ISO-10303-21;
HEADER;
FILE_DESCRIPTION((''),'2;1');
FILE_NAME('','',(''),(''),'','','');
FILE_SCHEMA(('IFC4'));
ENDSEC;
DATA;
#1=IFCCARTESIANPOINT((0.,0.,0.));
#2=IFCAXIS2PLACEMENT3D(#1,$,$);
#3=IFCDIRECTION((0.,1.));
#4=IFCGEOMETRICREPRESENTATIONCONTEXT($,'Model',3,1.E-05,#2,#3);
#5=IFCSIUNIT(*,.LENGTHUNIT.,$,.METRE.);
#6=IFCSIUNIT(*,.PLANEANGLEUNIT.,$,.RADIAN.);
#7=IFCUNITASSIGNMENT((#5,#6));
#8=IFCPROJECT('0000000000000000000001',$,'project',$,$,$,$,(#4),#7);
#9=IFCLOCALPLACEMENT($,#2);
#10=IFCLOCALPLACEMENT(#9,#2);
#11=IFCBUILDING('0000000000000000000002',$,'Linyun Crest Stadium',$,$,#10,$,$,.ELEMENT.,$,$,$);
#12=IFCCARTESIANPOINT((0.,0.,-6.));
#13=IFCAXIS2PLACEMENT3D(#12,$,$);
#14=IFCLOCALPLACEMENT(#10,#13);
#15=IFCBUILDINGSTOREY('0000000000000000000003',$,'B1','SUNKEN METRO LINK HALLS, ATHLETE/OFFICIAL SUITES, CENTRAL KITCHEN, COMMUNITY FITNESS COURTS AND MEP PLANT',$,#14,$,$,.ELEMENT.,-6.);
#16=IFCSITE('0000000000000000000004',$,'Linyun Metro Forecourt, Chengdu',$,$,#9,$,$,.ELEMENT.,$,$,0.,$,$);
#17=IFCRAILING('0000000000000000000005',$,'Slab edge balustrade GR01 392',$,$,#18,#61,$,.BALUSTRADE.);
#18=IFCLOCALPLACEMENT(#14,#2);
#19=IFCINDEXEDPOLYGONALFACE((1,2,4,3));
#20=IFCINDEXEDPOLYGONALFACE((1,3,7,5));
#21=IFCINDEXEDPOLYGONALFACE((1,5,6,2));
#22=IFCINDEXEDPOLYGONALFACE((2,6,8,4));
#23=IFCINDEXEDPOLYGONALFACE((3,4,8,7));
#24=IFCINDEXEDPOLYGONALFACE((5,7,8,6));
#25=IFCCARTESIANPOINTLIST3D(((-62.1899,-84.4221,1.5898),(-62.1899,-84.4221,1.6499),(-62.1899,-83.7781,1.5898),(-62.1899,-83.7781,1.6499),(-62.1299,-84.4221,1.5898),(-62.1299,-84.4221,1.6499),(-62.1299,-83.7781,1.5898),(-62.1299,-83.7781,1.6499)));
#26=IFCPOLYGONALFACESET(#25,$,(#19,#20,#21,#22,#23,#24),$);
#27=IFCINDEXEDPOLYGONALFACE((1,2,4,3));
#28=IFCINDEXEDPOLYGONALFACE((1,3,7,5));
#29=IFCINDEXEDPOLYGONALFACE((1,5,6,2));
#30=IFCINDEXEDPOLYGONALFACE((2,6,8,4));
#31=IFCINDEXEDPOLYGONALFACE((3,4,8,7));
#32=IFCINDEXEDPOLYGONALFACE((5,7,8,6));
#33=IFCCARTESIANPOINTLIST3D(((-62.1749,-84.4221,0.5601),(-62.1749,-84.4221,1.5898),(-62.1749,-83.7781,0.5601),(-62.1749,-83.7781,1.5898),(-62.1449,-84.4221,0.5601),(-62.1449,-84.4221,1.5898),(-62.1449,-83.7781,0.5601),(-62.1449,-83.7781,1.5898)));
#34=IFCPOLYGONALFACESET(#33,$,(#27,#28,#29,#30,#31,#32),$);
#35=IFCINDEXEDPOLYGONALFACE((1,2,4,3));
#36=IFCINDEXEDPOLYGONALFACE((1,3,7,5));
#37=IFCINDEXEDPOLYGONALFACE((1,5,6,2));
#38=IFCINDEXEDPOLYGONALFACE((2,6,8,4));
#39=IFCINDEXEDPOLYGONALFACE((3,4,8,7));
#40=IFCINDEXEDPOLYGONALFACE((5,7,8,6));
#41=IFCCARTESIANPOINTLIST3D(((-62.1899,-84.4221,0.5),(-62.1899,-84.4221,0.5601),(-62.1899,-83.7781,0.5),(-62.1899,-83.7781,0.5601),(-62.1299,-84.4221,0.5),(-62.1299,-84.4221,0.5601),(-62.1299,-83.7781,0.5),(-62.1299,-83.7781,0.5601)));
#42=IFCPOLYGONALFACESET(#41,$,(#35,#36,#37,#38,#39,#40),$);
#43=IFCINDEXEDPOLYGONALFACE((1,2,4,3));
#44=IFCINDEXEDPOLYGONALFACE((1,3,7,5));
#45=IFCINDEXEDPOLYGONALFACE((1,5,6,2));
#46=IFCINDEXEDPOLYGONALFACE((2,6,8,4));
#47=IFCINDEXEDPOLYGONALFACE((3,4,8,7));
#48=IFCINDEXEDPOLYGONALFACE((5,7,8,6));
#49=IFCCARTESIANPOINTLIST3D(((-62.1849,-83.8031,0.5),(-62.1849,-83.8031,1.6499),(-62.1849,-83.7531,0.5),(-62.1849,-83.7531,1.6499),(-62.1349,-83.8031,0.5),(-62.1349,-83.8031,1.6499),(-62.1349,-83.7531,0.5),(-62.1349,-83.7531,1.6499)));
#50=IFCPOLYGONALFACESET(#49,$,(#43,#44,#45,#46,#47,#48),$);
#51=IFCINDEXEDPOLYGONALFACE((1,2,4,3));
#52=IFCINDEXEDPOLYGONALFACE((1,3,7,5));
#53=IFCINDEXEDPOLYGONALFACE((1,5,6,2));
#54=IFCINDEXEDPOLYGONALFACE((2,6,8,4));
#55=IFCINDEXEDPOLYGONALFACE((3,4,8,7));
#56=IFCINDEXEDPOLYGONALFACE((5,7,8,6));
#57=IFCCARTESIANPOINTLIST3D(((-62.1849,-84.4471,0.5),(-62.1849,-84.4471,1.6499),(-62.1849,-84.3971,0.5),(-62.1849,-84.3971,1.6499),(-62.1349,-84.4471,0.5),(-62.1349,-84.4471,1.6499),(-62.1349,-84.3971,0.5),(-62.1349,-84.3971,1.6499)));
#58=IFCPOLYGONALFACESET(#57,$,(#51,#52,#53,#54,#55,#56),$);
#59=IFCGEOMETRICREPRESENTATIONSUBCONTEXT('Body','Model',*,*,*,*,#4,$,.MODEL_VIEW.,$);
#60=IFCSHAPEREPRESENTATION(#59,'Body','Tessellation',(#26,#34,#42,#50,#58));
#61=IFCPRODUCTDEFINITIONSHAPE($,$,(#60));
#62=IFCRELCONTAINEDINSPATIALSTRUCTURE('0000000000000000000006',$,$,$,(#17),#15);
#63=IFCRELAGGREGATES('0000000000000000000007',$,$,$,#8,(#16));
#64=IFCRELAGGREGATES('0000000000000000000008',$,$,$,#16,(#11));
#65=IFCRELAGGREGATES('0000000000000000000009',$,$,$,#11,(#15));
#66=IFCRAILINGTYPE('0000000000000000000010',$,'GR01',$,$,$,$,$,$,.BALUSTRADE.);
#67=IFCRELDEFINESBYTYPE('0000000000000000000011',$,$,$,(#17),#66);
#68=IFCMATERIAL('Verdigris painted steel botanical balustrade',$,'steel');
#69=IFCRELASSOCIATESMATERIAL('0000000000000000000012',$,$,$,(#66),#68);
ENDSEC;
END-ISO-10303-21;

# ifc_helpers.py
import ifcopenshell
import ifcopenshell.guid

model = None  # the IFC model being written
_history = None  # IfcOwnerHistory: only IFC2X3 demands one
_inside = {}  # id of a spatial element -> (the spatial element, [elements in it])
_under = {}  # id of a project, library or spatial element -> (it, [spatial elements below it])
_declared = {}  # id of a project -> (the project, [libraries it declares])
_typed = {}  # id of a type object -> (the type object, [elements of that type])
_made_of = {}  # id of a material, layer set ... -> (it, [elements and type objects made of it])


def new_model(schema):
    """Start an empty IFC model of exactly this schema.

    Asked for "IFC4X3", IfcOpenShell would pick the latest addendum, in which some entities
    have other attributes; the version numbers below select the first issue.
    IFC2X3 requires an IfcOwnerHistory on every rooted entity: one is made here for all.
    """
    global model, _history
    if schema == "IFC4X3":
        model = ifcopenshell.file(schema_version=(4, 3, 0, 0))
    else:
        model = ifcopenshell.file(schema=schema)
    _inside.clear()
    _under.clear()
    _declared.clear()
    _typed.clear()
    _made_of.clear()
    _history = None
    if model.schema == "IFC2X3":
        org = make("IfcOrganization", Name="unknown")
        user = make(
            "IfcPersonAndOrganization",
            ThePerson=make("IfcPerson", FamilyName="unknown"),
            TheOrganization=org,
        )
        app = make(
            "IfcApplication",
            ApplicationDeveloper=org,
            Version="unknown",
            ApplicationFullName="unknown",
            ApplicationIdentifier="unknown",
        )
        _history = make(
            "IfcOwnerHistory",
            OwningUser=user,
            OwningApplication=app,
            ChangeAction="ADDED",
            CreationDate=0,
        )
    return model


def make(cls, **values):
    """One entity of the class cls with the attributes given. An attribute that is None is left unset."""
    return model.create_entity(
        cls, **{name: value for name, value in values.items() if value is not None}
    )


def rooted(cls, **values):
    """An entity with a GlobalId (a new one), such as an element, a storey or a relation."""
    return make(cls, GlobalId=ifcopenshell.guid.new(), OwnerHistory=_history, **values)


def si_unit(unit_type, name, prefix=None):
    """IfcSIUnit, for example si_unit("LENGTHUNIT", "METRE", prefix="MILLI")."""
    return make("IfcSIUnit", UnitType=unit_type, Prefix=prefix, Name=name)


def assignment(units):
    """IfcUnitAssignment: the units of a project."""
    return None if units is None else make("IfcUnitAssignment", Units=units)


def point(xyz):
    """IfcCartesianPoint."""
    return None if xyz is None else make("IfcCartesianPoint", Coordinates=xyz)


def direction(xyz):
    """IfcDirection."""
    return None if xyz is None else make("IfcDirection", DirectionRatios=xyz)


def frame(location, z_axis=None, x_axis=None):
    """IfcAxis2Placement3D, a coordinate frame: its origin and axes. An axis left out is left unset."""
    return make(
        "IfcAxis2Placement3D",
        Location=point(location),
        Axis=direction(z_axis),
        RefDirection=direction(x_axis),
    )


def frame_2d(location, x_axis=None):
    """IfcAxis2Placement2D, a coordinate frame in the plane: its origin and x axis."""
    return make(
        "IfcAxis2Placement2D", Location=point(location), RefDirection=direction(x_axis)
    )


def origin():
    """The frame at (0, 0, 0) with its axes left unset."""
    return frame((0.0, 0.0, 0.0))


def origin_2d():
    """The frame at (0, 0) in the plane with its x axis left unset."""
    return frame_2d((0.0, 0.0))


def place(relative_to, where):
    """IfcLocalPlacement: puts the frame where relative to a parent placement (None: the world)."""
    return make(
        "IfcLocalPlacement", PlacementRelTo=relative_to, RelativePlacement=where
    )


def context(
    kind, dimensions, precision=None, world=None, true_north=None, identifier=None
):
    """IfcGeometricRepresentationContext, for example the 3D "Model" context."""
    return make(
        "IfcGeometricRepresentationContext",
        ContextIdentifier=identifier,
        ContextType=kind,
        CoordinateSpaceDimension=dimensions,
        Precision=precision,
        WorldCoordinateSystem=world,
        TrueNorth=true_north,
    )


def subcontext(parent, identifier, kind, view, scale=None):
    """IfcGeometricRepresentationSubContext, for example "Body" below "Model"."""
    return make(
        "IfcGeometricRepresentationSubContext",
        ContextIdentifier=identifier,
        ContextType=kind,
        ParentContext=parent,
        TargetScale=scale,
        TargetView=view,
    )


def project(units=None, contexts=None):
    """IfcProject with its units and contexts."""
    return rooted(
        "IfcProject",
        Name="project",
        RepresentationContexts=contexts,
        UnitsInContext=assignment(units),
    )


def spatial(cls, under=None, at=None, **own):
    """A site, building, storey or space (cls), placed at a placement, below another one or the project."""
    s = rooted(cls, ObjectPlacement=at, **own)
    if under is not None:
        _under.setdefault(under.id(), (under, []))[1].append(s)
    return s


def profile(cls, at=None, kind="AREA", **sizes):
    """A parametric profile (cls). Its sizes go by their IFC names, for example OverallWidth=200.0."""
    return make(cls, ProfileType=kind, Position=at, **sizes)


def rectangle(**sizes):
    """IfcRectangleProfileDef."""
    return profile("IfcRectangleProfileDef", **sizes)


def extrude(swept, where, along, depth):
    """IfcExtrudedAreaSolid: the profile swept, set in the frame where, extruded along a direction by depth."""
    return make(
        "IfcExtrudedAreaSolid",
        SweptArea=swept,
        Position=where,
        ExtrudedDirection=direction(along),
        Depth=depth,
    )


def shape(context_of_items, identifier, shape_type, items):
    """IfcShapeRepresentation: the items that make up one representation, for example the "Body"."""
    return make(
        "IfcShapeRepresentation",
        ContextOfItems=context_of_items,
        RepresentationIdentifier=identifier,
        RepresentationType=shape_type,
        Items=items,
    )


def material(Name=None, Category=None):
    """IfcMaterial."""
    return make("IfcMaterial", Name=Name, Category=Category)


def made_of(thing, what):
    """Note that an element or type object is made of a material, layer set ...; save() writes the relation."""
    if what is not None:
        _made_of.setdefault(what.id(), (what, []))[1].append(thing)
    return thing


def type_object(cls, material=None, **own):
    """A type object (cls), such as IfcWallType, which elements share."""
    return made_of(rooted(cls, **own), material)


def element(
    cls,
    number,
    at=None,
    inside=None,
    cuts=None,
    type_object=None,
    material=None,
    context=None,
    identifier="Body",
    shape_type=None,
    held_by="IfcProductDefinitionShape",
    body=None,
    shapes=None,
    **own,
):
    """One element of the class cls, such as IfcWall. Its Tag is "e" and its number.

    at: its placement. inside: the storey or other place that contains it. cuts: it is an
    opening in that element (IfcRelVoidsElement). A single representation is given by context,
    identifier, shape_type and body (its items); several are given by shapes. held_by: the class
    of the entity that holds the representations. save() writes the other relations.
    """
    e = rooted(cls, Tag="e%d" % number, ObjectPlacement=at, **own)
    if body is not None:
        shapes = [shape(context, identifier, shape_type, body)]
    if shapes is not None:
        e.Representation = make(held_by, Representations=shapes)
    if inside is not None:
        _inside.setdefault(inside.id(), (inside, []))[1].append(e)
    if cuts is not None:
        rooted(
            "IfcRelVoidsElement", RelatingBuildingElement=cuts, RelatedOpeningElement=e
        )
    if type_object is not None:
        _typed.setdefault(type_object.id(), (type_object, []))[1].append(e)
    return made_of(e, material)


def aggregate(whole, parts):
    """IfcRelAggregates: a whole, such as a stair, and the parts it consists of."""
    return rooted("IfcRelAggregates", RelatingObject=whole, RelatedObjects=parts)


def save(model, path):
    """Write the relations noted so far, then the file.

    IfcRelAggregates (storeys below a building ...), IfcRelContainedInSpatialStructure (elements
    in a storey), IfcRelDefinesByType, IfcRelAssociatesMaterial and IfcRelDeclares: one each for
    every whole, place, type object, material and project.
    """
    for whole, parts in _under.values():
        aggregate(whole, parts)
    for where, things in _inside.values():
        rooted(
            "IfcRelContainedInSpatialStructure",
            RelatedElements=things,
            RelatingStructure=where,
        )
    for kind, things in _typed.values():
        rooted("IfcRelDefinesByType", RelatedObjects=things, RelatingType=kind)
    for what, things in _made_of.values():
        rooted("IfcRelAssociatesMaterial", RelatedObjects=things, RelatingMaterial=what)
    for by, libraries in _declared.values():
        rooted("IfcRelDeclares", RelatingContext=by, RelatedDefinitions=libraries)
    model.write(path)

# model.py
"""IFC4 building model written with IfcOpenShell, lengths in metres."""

from ifc_helpers import new_model, si_unit, direction, frame, origin, origin_2d, place, context, subcontext, project, spatial, rectangle, extrude, material, type_object, element, save


model = new_model("IFC4")

# Units and contexts
model_context = context("Model", 3, precision=1e-05, world=origin(), true_north=direction((0.0, 1.0)))
body_context = subcontext(model_context, "Body", "Model", "MODEL_VIEW")
ifc_project = project(units=[si_unit("LENGTHUNIT", "METRE"), si_unit("PLANEANGLEUNIT", "RADIAN")], contexts=[model_context])

# Site, building, storey
site_placement = place(None, origin())
site = spatial("IfcSite", under=ifc_project, at=site_placement, Name="Linyun Metro Forecourt, Chengdu", CompositionType="ELEMENT", RefElevation=0.0)
building_placement = place(site_placement, origin())
building = spatial("IfcBuilding", under=site, at=building_placement, Name="Linyun Crest Stadium", CompositionType="ELEMENT")
storey_placement = place(building_placement, frame((0.0, 0.0, -6.0)))
storey = spatial("IfcBuildingStorey", under=building, at=storey_placement, Name="B1", Description="SUNKEN METRO LINK HALLS, ATHLETE/OFFICIAL SUITES, CENTRAL KITCHEN, COMMUNITY FITNESS COURTS AND MEP PLANT", CompositionType="ELEMENT", Elevation=-6.0)

# Railing
ifc_material_1 = material(Name="Verdigris painted steel botanical balustrade", Category="steel")
railing_type_1 = type_object("IfcRailingType", Name="GR01", PredefinedType="BALUSTRADE", material=ifc_material_1)
railing_1_placement = place(storey_placement, frame((-62.1599, -83.7781, 0.5)))
element("IfcRailing", 1, at=railing_1_placement, inside=storey, type_object=railing_type_1, Name="Slab edge balustrade GR01 392", PredefinedType="BALUSTRADE", context=body_context, shape_type="SweptSolid", body=[
    extrude(rectangle(XDim=0.0601, YDim=0.0601, at=origin_2d()), frame((0.0, 0.0, 1.1199), z_axis=(0.0, -1.0, 0.0), x_axis=(1.0, 0.0, 0.0)), (0.0, 0.0, 1.0), 0.644),
    extrude(rectangle(XDim=0.03, YDim=1.0298, at=origin_2d()), frame((0.0, 0.0, 0.575), z_axis=(0.0, -1.0, 0.0), x_axis=(1.0, 0.0, 0.0)), (0.0, 0.0, 1.0), 0.644),
    extrude(rectangle(XDim=0.0601, YDim=0.0601, at=origin_2d()), frame((0.0, 0.0, 0.03), z_axis=(0.0, -1.0, 0.0), x_axis=(1.0, 0.0, 0.0)), (0.0, 0.0, 1.0), 0.644),
    extrude(rectangle(XDim=0.05, YDim=0.05, at=origin_2d()), origin(), (0.0, 0.0, 1.0), 1.1499),
    extrude(rectangle(XDim=0.05, YDim=0.05, at=origin_2d()), frame((0.0, -0.644, 0.0)), (0.0, 0.0, 1.0), 1.1499),
])

save(model, "model.ifc")
